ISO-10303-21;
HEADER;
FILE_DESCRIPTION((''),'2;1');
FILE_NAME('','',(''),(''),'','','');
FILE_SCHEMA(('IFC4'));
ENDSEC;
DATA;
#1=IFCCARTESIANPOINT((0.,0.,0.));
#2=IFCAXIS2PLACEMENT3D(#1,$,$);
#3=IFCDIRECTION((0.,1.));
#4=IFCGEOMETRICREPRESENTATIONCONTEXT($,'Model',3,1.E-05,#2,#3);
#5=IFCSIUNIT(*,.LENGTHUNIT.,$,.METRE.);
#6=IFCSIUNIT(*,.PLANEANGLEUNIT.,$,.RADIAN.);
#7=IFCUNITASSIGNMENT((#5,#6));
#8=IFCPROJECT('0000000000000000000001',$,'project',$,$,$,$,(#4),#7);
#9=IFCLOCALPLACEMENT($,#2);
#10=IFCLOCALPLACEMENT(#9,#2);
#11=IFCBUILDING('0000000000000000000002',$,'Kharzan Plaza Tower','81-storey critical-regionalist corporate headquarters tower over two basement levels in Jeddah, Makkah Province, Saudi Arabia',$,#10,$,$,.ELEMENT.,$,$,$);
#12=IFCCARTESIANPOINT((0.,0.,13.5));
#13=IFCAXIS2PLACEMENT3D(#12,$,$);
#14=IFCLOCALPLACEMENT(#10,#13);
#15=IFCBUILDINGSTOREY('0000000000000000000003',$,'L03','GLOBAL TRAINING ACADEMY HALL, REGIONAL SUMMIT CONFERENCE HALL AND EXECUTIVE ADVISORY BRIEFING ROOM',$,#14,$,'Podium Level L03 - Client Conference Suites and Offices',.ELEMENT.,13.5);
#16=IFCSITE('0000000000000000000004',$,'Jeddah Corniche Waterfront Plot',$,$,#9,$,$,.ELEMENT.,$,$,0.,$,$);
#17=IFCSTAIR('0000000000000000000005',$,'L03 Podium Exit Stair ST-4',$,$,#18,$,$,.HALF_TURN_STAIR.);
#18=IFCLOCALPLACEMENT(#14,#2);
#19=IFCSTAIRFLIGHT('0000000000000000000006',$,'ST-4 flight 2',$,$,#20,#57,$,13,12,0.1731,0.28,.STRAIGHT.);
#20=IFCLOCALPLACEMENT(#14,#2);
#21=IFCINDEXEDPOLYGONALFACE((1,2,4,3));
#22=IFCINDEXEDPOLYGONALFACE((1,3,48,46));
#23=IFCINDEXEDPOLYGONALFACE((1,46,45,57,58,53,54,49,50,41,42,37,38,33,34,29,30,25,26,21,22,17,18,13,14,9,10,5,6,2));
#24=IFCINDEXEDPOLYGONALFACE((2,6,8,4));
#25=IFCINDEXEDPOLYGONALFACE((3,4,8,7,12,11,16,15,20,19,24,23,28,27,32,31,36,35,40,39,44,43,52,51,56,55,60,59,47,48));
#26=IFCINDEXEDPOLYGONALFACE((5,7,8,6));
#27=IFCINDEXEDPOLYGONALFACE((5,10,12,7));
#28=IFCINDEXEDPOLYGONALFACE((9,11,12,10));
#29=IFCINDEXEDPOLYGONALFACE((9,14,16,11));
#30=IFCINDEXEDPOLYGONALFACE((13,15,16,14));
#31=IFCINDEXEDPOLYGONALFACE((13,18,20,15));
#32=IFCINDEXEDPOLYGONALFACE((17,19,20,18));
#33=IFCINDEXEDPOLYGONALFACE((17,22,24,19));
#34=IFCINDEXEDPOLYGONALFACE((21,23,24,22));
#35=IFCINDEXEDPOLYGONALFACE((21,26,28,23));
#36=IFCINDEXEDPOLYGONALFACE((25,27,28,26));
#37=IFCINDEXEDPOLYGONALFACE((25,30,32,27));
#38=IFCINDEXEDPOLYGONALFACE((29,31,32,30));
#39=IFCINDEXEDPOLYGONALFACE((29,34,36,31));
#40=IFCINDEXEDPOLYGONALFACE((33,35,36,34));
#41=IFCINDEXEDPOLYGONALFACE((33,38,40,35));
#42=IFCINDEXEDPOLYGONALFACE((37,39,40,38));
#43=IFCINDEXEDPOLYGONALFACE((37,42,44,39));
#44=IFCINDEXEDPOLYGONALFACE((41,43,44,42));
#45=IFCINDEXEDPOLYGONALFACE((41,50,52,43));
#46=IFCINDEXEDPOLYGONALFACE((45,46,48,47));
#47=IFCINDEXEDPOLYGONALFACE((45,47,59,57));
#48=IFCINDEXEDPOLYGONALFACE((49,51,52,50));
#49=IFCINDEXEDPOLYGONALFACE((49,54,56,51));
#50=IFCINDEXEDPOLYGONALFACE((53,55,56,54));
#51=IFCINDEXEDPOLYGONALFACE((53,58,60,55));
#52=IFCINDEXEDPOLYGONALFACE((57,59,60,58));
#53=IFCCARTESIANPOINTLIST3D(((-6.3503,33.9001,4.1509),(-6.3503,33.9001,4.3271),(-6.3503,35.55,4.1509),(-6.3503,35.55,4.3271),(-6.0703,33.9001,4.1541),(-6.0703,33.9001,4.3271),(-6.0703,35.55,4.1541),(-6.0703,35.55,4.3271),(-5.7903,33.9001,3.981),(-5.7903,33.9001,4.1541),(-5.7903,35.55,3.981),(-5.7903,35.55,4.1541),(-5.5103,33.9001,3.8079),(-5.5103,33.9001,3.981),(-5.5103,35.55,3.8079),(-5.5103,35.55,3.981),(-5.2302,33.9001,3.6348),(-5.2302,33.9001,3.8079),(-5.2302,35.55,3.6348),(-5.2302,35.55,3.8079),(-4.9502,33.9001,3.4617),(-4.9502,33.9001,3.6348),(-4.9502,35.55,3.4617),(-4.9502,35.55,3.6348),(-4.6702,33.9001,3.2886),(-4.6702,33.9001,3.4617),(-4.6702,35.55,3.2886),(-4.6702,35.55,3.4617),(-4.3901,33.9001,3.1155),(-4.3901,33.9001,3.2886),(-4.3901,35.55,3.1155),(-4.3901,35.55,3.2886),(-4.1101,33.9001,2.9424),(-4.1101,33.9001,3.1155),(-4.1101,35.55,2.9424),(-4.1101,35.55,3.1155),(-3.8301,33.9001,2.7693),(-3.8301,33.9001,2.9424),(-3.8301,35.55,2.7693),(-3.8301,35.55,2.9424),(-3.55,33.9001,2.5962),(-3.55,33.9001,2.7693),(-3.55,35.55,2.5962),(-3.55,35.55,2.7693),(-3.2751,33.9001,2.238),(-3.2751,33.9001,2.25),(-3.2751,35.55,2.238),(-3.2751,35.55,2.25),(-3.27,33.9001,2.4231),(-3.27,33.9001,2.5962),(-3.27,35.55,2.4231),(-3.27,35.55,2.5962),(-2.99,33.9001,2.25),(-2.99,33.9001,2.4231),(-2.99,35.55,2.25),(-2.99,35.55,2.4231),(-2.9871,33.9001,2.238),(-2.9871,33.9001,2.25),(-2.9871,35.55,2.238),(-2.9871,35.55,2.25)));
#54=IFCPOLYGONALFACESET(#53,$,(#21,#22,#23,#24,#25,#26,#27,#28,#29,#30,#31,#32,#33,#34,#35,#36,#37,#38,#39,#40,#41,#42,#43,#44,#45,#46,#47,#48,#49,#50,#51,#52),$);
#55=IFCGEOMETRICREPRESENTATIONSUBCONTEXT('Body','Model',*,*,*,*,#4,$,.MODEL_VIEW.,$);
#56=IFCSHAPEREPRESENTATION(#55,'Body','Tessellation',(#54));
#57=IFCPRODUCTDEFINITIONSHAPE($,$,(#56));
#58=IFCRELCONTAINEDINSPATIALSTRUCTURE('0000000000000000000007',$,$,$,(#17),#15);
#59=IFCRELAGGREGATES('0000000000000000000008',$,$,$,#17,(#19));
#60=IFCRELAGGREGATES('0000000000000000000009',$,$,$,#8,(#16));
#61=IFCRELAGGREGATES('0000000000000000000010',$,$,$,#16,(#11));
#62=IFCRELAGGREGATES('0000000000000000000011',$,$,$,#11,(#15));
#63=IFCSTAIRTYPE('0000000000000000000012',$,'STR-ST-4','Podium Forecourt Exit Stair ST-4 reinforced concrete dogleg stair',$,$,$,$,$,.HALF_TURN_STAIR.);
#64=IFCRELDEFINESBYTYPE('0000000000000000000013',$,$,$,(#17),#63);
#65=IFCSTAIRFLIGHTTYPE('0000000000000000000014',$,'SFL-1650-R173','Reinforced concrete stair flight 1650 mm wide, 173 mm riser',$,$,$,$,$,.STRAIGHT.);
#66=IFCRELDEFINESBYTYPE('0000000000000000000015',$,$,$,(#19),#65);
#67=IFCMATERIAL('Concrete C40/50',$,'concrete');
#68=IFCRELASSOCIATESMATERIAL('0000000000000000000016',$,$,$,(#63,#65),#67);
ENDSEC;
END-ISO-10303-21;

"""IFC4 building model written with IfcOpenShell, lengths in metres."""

from ifc_helpers import new_model, si_unit, direction, frame, origin, place, context, subcontext, project, spatial, polyline, outline, extrude, source, transform, mapped, material, type_object, element, aggregate, save


model = new_model("IFC4")

# Units and contexts
model_context = context("Model", 3, precision=1e-05, world=origin(), true_north=direction((0.0, 1.0)))
body_context = subcontext(model_context, "Body", "Model", "MODEL_VIEW")
ifc_project = project(units=[si_unit("LENGTHUNIT", "METRE"), si_unit("PLANEANGLEUNIT", "RADIAN")], contexts=[model_context])

# Site, building, storey
site_placement = place(None, origin())
site = spatial("IfcSite", under=ifc_project, at=site_placement, Name="Jeddah Corniche Waterfront Plot", CompositionType="ELEMENT", RefElevation=0.0)
building_placement = place(site_placement, origin())
building = spatial("IfcBuilding", under=site, at=building_placement, Name="Kharzan Plaza Tower", Description="81-storey critical-regionalist corporate headquarters tower over two basement levels in Jeddah, Makkah Province, Saudi Arabia", CompositionType="ELEMENT")
storey_placement = place(building_placement, frame((0.0, 0.0, 13.5)))
storey = spatial("IfcBuildingStorey", under=building, at=storey_placement, Name="L03", Description="GLOBAL TRAINING ACADEMY HALL, REGIONAL SUMMIT CONFERENCE HALL AND EXECUTIVE ADVISORY BRIEFING ROOM", LongName="Podium Level L03 - Client Conference Suites and Offices", CompositionType="ELEMENT", Elevation=13.5)

# Stair, stair flight
ifc_material_1 = material(Name="Concrete C40/50", Category="concrete")
stair_type = type_object("IfcStairType", Name="STR-ST-4", Description="Podium Forecourt Exit Stair ST-4 reinforced concrete dogleg stair", PredefinedType="HALF_TURN_STAIR", material=ifc_material_1)
stair_placement = place(storey_placement, origin())
stair = element("IfcStair", 1, at=stair_placement, inside=storey, type_object=stair_type, Name="L03 Podium Exit Stair ST-4", PredefinedType="HALF_TURN_STAIR")
stair_flight_type = type_object("IfcStairFlightType", Name="SFL-1650-R173", Description="Reinforced concrete stair flight 1650 mm wide, 173 mm riser", PredefinedType="STRAIGHT", material=ifc_material_1)
shared_shape_1 = source(origin(), body_context, "Body", "SweptSolid", [
    extrude(outline(polyline([(-0.0029, -0.012), (-0.0029, 0.0), (0.0, 0.0), (0.0, 0.1731), (0.28, 0.1731), (0.28, 0.3462), (0.5601, 0.3462), (0.5601, 0.5193), (0.8401, 0.5193), (0.8401, 0.6924), (1.1201, 0.6924), (1.1201, 0.8655), (1.4001, 0.8655), (1.4001, 1.0386), (1.6802, 1.0386), (1.6802, 1.2117), (1.9602, 1.2117), (1.9602, 1.3848), (2.2402, 1.3848), (2.2402, 1.5579), (2.5203, 1.5579), (2.5203, 1.731), (2.8003, 1.731), (2.8003, 1.9041), (3.0803, 1.9041), (3.0803, 2.0771), (3.3604, 2.0771), (3.3604, 2.2502), (3.3604, 1.9009), (0.2852, 0.0), (0.2852, -0.012), (-0.0029, -0.012)])), frame((0.0, 0.825, 0.0), z_axis=(0.0, -1.0, 0.0), x_axis=(1.0, 0.0, 0.0)), (0.0, 0.0, 1.0), 1.6499),
])
stair_flight_1_placement = place(storey_placement, frame((-2.99, 34.7251, 2.25), z_axis=(0.0, 0.0, 1.0), x_axis=(-1.0, 0.0, 0.0)))
stair_flight_1 = element("IfcStairFlight", 2, at=stair_flight_1_placement, type_object=stair_flight_type, Name="ST-4 flight 2", NumberOfRisers=13, NumberOfTreads=12, PredefinedType="STRAIGHT", RiserHeight=0.1731, TreadLength=0.28, context=body_context, shape_type="MappedRepresentation", body=[
    mapped(shared_shape_1, transform((0.0, 0.0, 0.0), x_axis=(1.0, 0.0, 0.0), y_axis=(0.0, 1.0, 0.0), z_axis=(0.0, 0.0, 1.0))),
])
aggregate(stair, [stair_flight_1])

save(model, "model.ifc")
